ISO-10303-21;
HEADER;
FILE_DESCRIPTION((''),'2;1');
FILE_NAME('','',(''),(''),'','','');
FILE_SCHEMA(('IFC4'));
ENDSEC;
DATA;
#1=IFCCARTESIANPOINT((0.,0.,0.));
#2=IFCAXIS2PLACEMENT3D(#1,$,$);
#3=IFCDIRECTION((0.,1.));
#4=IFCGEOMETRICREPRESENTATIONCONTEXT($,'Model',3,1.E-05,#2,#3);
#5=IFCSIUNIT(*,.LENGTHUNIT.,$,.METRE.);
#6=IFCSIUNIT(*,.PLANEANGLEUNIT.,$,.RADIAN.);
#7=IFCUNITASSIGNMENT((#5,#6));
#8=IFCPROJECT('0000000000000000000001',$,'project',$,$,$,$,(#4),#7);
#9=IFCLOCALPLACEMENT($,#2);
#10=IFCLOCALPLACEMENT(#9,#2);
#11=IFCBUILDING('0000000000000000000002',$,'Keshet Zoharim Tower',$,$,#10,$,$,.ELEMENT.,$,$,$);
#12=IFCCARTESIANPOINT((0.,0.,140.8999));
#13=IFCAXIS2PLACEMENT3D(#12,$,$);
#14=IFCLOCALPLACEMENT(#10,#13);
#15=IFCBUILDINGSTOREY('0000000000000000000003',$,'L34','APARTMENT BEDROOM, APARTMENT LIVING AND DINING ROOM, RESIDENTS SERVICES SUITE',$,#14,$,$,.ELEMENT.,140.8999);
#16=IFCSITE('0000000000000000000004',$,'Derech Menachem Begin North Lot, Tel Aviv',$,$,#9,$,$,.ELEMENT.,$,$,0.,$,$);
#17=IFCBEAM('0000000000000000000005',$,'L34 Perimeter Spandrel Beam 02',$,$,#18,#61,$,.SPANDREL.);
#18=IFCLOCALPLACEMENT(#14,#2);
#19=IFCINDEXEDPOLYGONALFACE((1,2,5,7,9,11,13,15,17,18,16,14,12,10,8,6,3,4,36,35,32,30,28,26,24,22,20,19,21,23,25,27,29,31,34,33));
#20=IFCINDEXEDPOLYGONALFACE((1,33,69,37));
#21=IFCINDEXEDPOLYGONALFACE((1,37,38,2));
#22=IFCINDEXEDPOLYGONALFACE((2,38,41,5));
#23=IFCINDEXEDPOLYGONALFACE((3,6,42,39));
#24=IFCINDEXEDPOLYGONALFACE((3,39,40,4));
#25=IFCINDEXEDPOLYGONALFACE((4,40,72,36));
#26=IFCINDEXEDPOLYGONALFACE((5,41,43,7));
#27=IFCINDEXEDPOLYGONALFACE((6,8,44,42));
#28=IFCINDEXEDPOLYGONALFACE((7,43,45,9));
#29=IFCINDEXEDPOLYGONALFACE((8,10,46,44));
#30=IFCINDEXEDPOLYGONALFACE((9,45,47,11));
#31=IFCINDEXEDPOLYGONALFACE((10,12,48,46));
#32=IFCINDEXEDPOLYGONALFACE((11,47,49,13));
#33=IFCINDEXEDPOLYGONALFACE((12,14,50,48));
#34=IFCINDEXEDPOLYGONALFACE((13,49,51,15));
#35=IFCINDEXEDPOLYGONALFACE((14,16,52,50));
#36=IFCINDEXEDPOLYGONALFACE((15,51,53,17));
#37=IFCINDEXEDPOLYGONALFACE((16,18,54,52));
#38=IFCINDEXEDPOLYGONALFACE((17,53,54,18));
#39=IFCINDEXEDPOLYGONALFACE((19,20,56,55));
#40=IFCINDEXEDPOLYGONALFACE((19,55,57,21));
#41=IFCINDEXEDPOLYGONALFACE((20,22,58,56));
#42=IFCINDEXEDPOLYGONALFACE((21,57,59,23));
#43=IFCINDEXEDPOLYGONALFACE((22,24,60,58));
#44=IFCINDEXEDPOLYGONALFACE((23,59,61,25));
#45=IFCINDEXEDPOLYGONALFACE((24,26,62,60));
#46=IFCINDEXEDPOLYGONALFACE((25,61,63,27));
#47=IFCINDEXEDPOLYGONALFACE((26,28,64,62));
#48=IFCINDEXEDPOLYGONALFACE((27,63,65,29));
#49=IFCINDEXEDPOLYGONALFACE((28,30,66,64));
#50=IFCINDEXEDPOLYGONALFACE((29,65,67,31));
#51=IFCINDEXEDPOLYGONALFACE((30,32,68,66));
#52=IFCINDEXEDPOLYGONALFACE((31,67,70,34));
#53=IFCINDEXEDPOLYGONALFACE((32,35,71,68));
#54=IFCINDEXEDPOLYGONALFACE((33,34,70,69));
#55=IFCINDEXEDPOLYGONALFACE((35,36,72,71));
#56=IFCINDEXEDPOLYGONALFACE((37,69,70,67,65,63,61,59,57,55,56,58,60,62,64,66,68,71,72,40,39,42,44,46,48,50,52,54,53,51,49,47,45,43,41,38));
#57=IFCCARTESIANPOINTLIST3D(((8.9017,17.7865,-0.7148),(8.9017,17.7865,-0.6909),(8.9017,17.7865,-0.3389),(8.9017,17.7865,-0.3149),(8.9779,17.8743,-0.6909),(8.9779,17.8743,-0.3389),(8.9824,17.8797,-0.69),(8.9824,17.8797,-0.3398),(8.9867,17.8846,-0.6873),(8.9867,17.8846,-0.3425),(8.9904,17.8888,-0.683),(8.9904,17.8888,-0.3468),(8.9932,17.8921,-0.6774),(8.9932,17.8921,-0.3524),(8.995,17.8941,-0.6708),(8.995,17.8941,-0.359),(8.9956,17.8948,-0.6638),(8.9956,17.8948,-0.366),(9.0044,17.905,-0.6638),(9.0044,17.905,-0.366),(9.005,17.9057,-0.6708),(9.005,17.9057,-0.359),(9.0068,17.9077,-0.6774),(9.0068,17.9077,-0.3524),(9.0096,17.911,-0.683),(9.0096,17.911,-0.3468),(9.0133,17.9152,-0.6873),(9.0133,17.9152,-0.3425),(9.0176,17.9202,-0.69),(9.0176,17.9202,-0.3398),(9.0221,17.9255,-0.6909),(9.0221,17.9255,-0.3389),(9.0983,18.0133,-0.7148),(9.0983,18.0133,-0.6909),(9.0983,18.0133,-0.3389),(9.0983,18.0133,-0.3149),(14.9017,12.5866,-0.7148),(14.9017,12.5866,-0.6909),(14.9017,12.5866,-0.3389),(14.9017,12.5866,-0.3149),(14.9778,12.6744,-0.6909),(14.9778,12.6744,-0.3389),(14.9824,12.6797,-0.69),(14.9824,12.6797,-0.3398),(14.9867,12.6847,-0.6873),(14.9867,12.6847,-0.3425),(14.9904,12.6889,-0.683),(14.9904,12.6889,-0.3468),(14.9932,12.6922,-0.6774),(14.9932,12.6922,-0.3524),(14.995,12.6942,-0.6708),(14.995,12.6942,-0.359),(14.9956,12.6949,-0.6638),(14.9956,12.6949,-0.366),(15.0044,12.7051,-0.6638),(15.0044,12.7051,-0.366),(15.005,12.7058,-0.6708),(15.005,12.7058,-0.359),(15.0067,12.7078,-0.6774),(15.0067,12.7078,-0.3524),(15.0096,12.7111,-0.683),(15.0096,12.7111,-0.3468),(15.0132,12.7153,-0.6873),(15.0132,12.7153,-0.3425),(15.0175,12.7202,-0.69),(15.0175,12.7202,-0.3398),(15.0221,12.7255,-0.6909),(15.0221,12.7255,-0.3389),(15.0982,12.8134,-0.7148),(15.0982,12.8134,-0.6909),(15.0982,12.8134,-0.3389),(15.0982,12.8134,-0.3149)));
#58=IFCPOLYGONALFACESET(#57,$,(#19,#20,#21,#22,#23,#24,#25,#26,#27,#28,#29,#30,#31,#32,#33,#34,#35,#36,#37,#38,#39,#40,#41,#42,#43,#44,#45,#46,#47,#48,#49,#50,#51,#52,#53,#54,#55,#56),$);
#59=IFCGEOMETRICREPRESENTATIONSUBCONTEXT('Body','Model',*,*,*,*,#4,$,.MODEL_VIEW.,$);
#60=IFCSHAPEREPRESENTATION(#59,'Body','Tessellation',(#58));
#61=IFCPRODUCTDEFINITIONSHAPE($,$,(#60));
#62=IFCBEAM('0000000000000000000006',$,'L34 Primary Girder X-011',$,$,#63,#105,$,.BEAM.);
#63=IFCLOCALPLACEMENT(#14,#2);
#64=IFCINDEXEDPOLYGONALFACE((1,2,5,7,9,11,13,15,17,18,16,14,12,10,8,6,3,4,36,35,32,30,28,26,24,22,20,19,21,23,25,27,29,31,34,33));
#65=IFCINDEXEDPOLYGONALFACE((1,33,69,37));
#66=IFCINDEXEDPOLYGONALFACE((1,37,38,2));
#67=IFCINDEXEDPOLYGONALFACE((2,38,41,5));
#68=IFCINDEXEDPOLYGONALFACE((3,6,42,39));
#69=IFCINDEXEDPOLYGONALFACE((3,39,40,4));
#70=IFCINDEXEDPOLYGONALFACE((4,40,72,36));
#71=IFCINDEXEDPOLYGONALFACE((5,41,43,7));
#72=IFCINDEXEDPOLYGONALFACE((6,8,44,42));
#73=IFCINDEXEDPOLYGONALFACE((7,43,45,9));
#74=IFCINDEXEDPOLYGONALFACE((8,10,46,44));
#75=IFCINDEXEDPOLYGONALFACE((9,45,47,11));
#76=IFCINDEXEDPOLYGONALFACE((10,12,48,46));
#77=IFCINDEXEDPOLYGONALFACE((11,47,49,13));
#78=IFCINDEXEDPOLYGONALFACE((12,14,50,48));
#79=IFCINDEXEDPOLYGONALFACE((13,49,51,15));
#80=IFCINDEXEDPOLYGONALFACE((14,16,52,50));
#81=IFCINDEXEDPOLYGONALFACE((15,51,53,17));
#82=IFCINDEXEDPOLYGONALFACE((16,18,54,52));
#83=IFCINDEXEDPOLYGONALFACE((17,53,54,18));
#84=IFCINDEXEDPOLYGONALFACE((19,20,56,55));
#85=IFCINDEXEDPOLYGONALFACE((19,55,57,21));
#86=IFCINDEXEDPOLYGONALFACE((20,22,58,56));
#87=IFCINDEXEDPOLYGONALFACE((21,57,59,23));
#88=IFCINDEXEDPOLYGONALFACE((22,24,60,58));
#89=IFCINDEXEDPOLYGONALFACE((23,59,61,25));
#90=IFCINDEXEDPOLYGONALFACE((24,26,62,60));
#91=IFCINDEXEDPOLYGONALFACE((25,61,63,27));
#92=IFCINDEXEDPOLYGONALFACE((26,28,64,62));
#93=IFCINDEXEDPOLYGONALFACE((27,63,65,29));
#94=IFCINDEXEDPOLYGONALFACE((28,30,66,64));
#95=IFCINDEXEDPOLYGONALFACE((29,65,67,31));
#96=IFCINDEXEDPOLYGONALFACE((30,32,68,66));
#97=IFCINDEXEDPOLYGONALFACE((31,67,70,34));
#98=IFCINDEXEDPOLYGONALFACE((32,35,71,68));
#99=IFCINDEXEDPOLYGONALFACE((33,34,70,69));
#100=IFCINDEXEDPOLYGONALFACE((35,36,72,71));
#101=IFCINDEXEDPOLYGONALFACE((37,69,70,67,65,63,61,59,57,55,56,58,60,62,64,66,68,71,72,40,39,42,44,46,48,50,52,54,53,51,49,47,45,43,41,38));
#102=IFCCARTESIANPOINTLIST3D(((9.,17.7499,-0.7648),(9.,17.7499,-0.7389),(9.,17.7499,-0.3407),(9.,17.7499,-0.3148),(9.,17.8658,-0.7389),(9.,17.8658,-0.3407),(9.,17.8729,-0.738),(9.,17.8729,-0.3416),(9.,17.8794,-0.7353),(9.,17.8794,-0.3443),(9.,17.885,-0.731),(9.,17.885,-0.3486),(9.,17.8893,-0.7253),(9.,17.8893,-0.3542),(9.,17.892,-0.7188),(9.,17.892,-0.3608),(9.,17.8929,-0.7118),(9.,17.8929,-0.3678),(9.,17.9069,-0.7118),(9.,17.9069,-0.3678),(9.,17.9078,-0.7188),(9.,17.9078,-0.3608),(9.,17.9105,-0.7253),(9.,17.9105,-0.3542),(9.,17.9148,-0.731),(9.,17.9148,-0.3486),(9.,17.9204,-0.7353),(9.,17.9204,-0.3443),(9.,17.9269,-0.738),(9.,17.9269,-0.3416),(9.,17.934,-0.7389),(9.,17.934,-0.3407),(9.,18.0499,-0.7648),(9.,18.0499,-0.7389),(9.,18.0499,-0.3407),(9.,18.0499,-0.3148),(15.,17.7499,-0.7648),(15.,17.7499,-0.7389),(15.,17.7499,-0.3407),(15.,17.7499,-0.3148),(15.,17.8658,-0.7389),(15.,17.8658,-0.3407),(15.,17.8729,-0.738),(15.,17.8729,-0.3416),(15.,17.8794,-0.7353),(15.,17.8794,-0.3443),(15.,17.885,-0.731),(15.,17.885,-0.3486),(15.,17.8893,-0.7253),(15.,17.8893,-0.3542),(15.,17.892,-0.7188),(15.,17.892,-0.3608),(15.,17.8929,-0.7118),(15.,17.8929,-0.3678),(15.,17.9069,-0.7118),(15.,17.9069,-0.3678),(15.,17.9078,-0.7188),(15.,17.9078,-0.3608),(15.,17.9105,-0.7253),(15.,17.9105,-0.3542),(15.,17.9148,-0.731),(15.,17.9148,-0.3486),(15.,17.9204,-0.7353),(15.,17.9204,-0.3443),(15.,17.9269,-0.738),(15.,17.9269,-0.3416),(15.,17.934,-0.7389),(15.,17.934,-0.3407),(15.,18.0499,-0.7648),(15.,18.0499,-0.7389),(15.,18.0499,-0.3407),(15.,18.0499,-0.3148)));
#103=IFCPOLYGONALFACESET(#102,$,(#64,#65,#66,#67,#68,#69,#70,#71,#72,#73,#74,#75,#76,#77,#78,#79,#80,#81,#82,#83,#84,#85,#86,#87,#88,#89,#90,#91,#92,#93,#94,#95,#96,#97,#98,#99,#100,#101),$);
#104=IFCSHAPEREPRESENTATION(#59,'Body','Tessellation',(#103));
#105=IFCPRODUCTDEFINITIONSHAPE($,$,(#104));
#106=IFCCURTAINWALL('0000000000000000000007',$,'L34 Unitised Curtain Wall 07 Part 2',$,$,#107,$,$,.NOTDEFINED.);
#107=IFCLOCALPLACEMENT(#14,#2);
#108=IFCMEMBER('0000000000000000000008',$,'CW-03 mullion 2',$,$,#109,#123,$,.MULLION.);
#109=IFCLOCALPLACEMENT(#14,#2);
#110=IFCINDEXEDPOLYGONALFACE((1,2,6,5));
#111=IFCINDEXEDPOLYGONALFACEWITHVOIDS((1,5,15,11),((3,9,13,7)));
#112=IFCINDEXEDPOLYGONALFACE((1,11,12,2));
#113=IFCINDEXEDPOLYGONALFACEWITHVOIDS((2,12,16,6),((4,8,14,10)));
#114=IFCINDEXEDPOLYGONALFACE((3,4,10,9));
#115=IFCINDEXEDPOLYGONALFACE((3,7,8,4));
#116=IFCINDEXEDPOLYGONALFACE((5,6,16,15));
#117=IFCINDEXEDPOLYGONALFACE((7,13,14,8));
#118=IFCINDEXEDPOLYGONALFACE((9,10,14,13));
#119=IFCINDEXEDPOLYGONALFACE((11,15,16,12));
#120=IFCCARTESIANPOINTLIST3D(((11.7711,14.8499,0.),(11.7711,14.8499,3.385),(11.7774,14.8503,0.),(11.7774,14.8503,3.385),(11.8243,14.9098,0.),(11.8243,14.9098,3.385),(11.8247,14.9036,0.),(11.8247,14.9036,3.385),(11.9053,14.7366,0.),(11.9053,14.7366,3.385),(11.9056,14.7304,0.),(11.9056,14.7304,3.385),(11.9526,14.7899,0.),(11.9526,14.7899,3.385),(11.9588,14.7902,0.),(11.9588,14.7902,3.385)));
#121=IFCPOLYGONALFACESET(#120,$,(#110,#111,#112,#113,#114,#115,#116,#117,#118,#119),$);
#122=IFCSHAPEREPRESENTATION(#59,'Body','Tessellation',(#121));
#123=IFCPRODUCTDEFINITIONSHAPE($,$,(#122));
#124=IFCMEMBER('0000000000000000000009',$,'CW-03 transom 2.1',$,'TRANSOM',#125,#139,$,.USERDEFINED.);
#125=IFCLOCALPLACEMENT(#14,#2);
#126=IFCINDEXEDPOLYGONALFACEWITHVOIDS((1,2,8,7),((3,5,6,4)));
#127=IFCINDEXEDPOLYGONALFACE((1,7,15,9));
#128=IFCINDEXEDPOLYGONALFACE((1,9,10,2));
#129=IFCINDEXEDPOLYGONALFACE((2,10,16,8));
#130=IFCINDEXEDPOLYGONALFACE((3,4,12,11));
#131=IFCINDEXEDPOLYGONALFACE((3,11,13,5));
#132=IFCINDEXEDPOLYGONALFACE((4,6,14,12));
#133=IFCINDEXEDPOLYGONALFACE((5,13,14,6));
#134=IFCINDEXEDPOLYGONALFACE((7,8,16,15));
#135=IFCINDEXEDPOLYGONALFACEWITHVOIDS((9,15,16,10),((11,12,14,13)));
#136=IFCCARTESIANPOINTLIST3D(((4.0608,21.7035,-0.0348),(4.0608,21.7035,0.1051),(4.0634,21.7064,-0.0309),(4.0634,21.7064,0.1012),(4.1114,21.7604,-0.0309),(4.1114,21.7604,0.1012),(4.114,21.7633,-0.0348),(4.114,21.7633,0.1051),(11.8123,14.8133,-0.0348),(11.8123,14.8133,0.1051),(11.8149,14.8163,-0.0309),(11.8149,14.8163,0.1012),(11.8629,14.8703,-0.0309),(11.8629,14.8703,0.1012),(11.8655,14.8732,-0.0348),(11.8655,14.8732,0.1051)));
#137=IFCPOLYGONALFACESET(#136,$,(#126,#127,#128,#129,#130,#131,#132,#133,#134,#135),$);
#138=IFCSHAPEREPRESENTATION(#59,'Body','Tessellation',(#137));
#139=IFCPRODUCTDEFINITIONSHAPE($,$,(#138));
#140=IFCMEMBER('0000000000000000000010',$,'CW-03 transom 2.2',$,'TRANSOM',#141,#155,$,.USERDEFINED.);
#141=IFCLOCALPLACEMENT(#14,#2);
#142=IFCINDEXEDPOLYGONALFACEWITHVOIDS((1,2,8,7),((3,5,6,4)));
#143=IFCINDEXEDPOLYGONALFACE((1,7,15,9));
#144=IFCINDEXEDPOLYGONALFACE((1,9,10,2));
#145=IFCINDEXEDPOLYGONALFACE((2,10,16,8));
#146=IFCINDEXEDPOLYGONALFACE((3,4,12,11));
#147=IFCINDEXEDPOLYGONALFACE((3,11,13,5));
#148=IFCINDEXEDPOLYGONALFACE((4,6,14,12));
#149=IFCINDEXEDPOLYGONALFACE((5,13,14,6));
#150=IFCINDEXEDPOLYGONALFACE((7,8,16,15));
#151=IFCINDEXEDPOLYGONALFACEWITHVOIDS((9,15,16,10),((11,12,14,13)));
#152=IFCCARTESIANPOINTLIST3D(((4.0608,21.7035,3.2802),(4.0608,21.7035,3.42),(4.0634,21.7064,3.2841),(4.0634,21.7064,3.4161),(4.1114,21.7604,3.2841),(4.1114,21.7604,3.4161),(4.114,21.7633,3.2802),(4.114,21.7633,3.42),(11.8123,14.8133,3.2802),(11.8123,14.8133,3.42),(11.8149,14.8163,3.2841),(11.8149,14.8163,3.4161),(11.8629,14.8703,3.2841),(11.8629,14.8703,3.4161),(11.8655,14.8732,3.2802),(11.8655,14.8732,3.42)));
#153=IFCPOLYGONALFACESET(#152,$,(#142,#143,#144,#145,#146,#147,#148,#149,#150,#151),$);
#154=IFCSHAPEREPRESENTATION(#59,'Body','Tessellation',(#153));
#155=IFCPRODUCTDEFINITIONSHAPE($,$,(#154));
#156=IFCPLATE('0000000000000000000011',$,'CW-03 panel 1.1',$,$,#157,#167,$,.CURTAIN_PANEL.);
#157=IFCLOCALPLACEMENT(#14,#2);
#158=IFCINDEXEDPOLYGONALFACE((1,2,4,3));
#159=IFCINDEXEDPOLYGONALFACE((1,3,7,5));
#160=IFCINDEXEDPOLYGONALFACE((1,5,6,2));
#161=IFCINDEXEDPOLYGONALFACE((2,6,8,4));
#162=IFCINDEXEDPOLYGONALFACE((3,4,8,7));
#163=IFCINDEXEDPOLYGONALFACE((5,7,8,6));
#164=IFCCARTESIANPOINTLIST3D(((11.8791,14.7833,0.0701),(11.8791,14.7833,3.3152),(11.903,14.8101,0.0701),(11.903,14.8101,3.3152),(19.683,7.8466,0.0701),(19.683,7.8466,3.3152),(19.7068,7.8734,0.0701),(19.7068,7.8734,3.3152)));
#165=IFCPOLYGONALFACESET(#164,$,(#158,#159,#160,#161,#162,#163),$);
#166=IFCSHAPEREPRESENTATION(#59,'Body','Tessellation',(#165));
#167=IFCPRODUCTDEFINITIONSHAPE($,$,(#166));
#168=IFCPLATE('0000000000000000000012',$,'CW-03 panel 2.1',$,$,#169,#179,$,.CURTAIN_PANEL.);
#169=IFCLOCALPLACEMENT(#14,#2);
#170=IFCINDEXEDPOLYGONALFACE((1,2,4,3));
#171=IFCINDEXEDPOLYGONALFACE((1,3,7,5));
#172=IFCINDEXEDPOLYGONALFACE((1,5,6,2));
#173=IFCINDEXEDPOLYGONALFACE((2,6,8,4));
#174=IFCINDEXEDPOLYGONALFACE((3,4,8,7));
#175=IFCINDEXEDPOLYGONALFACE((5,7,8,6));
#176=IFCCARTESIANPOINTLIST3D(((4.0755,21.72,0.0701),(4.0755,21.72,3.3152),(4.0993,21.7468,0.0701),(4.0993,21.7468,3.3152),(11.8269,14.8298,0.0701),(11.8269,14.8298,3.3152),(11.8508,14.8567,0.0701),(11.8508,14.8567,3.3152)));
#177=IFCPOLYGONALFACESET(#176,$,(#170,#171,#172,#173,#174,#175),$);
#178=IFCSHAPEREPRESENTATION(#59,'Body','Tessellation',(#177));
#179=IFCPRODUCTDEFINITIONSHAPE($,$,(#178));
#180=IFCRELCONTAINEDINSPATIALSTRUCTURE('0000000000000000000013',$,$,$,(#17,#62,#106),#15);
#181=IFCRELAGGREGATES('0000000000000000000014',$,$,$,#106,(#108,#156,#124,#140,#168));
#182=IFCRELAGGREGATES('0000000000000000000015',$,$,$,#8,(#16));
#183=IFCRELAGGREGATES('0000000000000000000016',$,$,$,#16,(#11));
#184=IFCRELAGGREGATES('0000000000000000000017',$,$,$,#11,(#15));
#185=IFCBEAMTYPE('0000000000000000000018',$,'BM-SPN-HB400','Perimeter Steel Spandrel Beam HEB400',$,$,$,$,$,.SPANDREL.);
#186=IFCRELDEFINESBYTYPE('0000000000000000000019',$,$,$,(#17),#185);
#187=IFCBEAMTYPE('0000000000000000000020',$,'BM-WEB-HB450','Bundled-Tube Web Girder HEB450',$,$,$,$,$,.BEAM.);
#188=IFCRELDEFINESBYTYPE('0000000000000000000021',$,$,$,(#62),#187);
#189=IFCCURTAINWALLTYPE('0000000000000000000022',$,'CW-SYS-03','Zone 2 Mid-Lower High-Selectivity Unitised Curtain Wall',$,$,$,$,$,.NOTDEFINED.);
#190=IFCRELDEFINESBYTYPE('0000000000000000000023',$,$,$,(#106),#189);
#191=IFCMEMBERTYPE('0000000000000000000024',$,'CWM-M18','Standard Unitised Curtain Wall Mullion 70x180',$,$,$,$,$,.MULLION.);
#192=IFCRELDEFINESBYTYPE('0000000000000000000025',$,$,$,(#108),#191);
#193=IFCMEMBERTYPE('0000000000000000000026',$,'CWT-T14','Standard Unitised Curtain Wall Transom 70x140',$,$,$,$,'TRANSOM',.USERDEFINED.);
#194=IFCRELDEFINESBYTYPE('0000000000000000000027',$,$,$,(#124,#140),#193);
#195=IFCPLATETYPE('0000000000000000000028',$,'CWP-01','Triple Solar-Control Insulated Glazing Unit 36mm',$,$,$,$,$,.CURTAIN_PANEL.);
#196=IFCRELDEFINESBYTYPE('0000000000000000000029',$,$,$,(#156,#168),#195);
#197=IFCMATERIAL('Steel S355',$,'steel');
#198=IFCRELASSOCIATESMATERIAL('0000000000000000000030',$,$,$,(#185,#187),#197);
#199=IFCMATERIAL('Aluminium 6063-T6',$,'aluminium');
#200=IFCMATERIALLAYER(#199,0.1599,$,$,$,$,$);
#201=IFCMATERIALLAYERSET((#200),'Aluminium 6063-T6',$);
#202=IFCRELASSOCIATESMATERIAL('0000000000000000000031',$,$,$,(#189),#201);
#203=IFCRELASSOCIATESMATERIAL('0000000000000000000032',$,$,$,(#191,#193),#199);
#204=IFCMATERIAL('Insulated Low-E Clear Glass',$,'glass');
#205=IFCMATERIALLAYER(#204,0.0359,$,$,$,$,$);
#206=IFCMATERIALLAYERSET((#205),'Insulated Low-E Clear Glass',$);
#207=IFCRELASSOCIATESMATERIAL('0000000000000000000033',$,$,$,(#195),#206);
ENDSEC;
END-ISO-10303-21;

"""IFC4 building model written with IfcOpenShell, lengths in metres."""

from ifc_helpers import new_model, si_unit, direction, frame, origin, origin_2d, place, context, subcontext, project, spatial, rectangle, hollow_rectangle, i_section, extrude, material, layer, layer_set, material_profile, profile_set, type_object, element, aggregate, save


model = new_model("IFC4")

# Units and contexts
model_context = context("Model", 3, precision=1e-05, world=origin(), true_north=direction((0.0, 1.0)))
body_context = subcontext(model_context, "Body", "Model", "MODEL_VIEW")
ifc_project = project(units=[si_unit("LENGTHUNIT", "METRE"), si_unit("PLANEANGLEUNIT", "RADIAN")], contexts=[model_context])

# Site, building, storey
site_placement = place(None, origin())
site = spatial("IfcSite", under=ifc_project, at=site_placement, Name="Derech Menachem Begin North Lot, Tel Aviv", CompositionType="ELEMENT", RefElevation=0.0)
building_placement = place(site_placement, origin())
building = spatial("IfcBuilding", under=site, at=building_placement, Name="Keshet Zoharim Tower", CompositionType="ELEMENT")
storey_placement = place(building_placement, frame((0.0, 0.0, 140.8999)))
storey = spatial("IfcBuildingStorey", under=building, at=storey_placement, Name="L34", Description="APARTMENT BEDROOM, APARTMENT LIVING AND DINING ROOM, RESIDENTS SERVICES SUITE", CompositionType="ELEMENT", Elevation=140.8999)

# Shared definitions
ifc_material_1 = material(Name="Steel S355", Category="steel")

# Beams
ifc_material_profile_1 = material_profile(ifc_material_1, i_section(OverallWidth=0.3, OverallDepth=0.3999, WebThickness=0.0134, FlangeThickness=0.0239, FilletRadius=0.0271, at=origin_2d()), Name="HEB400")
ifc_profile_set_1 = profile_set([ifc_material_profile_1], Name="Steel S355")
beam_type_1 = type_object("IfcBeamType", Name="BM-SPN-HB400", Description="Perimeter Steel Spandrel Beam HEB400", PredefinedType="SPANDREL", material=ifc_profile_set_1)
beam_1_placement = place(storey_placement, frame((9.0, 17.8999, -0.5149), z_axis=(0.755692, -0.654927, 0.0), x_axis=(0.654927, 0.755692, 0.0)))
element("IfcBeam", 1, at=beam_1_placement, inside=storey, type_object=beam_type_1, Name="L34 Perimeter Spandrel Beam 02", PredefinedType="SPANDREL", context=body_context, shape_type="SweptSolid", body=[
    extrude(i_section(OverallWidth=0.3, OverallDepth=0.3999, WebThickness=0.0134, FlangeThickness=0.0239, FilletRadius=0.0271, at=origin_2d()), origin(), (0.0, 0.0, 1.0), 7.9397),
])
ifc_material_profile_2 = material_profile(ifc_material_1, i_section(OverallWidth=0.3, OverallDepth=0.45, WebThickness=0.0139, FlangeThickness=0.0259, FilletRadius=0.0271, at=origin_2d()), Name="HEB450")
ifc_profile_set_2 = profile_set([ifc_material_profile_2], Name="Steel S355")
beam_type_2 = type_object("IfcBeamType", Name="BM-WEB-HB450", Description="Bundled-Tube Web Girder HEB450", PredefinedType="BEAM", material=ifc_profile_set_2)
beam_2_placement = place(storey_placement, frame((9.0, 17.8999, -0.5398), z_axis=(1.0, 0.0, 0.0), x_axis=(0.0, 1.0, 0.0)))
element("IfcBeam", 2, at=beam_2_placement, inside=storey, type_object=beam_type_2, Name="L34 Primary Girder X-011", PredefinedType="BEAM", context=body_context, shape_type="SweptSolid", body=[
    extrude(i_section(OverallWidth=0.3, OverallDepth=0.45, WebThickness=0.0139, FlangeThickness=0.0259, FilletRadius=0.0271, at=origin_2d()), origin(), (0.0, 0.0, 1.0), 6.0),
])

# Curtain wall, members, plates
ifc_material_2 = material(Name="Aluminium 6063-T6", Category="aluminium")
ifc_layer_1 = layer(ifc_material_2, 0.1599)
ifc_layer_set_1 = layer_set([ifc_layer_1], Name="Aluminium 6063-T6")
curtain_wall_type = type_object("IfcCurtainWallType", Name="CW-SYS-03", Description="Zone 2 Mid-Lower High-Selectivity Unitised Curtain Wall", PredefinedType="NOTDEFINED", material=ifc_layer_set_1)
curtain_wall_placement = place(storey_placement, origin())
curtain_wall = element("IfcCurtainWall", 3, at=curtain_wall_placement, inside=storey, type_object=curtain_wall_type, Name="L34 Unitised Curtain Wall 07 Part 2", PredefinedType="NOTDEFINED")
ifc_material_profile_3 = material_profile(ifc_material_2, hollow_rectangle(XDim=0.0801, YDim=0.1799, WallThickness=0.0044, at=origin_2d()), Name="MUL-80x180")
ifc_profile_set_3 = profile_set([ifc_material_profile_3], Name="Aluminium 6063-T6")
member_type_1 = type_object("IfcMemberType", Name="CWM-M18", Description="Standard Unitised Curtain Wall Mullion 70x180", PredefinedType="MULLION", material=ifc_profile_set_3)
member_1_placement = place(storey_placement, frame((11.865, 14.8201, 0.0), z_axis=(0.0, 0.0, 1.0), x_axis=(-0.664364, -0.74741, 0.0)))
member_1 = element("IfcMember", 4, at=member_1_placement, type_object=member_type_1, Name="CW-03 mullion 2", PredefinedType="MULLION", context=body_context, shape_type="SweptSolid", body=[
    extrude(hollow_rectangle(XDim=0.0801, YDim=0.1799, WallThickness=0.0044, at=origin_2d()), origin(), (0.0, 0.0, 1.0), 3.385),
])
ifc_material_profile_4 = material_profile(ifc_material_2, hollow_rectangle(XDim=0.0801, YDim=0.1399, WallThickness=0.0039, at=origin_2d()), Name="TRN-80x140")
ifc_profile_set_4 = profile_set([ifc_material_profile_4], Name="Aluminium 6063-T6")
member_type_2 = type_object("IfcMemberType", Name="CWT-T14", Description="Standard Unitised Curtain Wall Transom 70x140", ElementType="TRANSOM", PredefinedType="USERDEFINED", material=ifc_profile_set_4)
member_2_placement = place(storey_placement, frame((11.8389, 14.8433, 0.0352), z_axis=(-0.747412, 0.664361, 0.0), x_axis=(-0.664361, -0.747412, 0.0)))
member_2 = element("IfcMember", 5, at=member_2_placement, type_object=member_type_2, Name="CW-03 transom 2.1", ObjectType="TRANSOM", PredefinedType="USERDEFINED", context=body_context, shape_type="SweptSolid", body=[
    extrude(hollow_rectangle(XDim=0.0801, YDim=0.1399, WallThickness=0.0039, at=origin_2d()), origin(), (0.0, 0.0, 1.0), 10.3711),
])
member_3_placement = place(storey_placement, frame((11.8389, 14.8433, 3.3501), z_axis=(-0.747412, 0.664361, 0.0), x_axis=(-0.664361, -0.747412, 0.0)))
member_3 = element("IfcMember", 6, at=member_3_placement, type_object=member_type_2, Name="CW-03 transom 2.2", ObjectType="TRANSOM", PredefinedType="USERDEFINED", context=body_context, shape_type="SweptSolid", body=[
    extrude(hollow_rectangle(XDim=0.0801, YDim=0.1399, WallThickness=0.0039, at=origin_2d()), origin(), (0.0, 0.0, 1.0), 10.3711),
])
ifc_material_3 = material(Name="Insulated Low-E Clear Glass", Category="glass")
ifc_layer_2 = layer(ifc_material_3, 0.0359)
ifc_layer_set_2 = layer_set([ifc_layer_2], Name="Insulated Low-E Clear Glass")
plate_type = type_object("IfcPlateType", Name="CWP-01", Description="Triple Solar-Control Insulated Glazing Unit 36mm", PredefinedType="CURTAIN_PANEL", material=ifc_layer_set_2)
plate_1_placement = place(storey_placement, frame((15.793, 11.3284, 0.0701), z_axis=(0.0, 0.0, 1.0), x_axis=(-0.74741, 0.664364, 0.0)))
plate_1 = element("IfcPlate", 7, at=plate_1_placement, type_object=plate_type, Name="CW-03 panel 1.1", PredefinedType="CURTAIN_PANEL", context=body_context, shape_type="SweptSolid", body=[
    extrude(rectangle(XDim=10.4412, YDim=0.0359, at=origin_2d()), origin(), (0.0, 0.0, 1.0), 3.2451),
])
plate_2_placement = place(storey_placement, frame((7.9631, 18.2883, 0.0701), z_axis=(0.0, 0.0, 1.0), x_axis=(-0.74741, 0.664364, 0.0)))
plate_2 = element("IfcPlate", 8, at=plate_2_placement, type_object=plate_type, Name="CW-03 panel 2.1", PredefinedType="CURTAIN_PANEL", context=body_context, shape_type="SweptSolid", body=[
    extrude(rectangle(XDim=10.3711, YDim=0.0359, at=origin_2d()), origin(), (0.0, 0.0, 1.0), 3.2451),
])
aggregate(curtain_wall, [member_1, plate_1, member_2, member_3, plate_2])

save(model, "model.ifc")
